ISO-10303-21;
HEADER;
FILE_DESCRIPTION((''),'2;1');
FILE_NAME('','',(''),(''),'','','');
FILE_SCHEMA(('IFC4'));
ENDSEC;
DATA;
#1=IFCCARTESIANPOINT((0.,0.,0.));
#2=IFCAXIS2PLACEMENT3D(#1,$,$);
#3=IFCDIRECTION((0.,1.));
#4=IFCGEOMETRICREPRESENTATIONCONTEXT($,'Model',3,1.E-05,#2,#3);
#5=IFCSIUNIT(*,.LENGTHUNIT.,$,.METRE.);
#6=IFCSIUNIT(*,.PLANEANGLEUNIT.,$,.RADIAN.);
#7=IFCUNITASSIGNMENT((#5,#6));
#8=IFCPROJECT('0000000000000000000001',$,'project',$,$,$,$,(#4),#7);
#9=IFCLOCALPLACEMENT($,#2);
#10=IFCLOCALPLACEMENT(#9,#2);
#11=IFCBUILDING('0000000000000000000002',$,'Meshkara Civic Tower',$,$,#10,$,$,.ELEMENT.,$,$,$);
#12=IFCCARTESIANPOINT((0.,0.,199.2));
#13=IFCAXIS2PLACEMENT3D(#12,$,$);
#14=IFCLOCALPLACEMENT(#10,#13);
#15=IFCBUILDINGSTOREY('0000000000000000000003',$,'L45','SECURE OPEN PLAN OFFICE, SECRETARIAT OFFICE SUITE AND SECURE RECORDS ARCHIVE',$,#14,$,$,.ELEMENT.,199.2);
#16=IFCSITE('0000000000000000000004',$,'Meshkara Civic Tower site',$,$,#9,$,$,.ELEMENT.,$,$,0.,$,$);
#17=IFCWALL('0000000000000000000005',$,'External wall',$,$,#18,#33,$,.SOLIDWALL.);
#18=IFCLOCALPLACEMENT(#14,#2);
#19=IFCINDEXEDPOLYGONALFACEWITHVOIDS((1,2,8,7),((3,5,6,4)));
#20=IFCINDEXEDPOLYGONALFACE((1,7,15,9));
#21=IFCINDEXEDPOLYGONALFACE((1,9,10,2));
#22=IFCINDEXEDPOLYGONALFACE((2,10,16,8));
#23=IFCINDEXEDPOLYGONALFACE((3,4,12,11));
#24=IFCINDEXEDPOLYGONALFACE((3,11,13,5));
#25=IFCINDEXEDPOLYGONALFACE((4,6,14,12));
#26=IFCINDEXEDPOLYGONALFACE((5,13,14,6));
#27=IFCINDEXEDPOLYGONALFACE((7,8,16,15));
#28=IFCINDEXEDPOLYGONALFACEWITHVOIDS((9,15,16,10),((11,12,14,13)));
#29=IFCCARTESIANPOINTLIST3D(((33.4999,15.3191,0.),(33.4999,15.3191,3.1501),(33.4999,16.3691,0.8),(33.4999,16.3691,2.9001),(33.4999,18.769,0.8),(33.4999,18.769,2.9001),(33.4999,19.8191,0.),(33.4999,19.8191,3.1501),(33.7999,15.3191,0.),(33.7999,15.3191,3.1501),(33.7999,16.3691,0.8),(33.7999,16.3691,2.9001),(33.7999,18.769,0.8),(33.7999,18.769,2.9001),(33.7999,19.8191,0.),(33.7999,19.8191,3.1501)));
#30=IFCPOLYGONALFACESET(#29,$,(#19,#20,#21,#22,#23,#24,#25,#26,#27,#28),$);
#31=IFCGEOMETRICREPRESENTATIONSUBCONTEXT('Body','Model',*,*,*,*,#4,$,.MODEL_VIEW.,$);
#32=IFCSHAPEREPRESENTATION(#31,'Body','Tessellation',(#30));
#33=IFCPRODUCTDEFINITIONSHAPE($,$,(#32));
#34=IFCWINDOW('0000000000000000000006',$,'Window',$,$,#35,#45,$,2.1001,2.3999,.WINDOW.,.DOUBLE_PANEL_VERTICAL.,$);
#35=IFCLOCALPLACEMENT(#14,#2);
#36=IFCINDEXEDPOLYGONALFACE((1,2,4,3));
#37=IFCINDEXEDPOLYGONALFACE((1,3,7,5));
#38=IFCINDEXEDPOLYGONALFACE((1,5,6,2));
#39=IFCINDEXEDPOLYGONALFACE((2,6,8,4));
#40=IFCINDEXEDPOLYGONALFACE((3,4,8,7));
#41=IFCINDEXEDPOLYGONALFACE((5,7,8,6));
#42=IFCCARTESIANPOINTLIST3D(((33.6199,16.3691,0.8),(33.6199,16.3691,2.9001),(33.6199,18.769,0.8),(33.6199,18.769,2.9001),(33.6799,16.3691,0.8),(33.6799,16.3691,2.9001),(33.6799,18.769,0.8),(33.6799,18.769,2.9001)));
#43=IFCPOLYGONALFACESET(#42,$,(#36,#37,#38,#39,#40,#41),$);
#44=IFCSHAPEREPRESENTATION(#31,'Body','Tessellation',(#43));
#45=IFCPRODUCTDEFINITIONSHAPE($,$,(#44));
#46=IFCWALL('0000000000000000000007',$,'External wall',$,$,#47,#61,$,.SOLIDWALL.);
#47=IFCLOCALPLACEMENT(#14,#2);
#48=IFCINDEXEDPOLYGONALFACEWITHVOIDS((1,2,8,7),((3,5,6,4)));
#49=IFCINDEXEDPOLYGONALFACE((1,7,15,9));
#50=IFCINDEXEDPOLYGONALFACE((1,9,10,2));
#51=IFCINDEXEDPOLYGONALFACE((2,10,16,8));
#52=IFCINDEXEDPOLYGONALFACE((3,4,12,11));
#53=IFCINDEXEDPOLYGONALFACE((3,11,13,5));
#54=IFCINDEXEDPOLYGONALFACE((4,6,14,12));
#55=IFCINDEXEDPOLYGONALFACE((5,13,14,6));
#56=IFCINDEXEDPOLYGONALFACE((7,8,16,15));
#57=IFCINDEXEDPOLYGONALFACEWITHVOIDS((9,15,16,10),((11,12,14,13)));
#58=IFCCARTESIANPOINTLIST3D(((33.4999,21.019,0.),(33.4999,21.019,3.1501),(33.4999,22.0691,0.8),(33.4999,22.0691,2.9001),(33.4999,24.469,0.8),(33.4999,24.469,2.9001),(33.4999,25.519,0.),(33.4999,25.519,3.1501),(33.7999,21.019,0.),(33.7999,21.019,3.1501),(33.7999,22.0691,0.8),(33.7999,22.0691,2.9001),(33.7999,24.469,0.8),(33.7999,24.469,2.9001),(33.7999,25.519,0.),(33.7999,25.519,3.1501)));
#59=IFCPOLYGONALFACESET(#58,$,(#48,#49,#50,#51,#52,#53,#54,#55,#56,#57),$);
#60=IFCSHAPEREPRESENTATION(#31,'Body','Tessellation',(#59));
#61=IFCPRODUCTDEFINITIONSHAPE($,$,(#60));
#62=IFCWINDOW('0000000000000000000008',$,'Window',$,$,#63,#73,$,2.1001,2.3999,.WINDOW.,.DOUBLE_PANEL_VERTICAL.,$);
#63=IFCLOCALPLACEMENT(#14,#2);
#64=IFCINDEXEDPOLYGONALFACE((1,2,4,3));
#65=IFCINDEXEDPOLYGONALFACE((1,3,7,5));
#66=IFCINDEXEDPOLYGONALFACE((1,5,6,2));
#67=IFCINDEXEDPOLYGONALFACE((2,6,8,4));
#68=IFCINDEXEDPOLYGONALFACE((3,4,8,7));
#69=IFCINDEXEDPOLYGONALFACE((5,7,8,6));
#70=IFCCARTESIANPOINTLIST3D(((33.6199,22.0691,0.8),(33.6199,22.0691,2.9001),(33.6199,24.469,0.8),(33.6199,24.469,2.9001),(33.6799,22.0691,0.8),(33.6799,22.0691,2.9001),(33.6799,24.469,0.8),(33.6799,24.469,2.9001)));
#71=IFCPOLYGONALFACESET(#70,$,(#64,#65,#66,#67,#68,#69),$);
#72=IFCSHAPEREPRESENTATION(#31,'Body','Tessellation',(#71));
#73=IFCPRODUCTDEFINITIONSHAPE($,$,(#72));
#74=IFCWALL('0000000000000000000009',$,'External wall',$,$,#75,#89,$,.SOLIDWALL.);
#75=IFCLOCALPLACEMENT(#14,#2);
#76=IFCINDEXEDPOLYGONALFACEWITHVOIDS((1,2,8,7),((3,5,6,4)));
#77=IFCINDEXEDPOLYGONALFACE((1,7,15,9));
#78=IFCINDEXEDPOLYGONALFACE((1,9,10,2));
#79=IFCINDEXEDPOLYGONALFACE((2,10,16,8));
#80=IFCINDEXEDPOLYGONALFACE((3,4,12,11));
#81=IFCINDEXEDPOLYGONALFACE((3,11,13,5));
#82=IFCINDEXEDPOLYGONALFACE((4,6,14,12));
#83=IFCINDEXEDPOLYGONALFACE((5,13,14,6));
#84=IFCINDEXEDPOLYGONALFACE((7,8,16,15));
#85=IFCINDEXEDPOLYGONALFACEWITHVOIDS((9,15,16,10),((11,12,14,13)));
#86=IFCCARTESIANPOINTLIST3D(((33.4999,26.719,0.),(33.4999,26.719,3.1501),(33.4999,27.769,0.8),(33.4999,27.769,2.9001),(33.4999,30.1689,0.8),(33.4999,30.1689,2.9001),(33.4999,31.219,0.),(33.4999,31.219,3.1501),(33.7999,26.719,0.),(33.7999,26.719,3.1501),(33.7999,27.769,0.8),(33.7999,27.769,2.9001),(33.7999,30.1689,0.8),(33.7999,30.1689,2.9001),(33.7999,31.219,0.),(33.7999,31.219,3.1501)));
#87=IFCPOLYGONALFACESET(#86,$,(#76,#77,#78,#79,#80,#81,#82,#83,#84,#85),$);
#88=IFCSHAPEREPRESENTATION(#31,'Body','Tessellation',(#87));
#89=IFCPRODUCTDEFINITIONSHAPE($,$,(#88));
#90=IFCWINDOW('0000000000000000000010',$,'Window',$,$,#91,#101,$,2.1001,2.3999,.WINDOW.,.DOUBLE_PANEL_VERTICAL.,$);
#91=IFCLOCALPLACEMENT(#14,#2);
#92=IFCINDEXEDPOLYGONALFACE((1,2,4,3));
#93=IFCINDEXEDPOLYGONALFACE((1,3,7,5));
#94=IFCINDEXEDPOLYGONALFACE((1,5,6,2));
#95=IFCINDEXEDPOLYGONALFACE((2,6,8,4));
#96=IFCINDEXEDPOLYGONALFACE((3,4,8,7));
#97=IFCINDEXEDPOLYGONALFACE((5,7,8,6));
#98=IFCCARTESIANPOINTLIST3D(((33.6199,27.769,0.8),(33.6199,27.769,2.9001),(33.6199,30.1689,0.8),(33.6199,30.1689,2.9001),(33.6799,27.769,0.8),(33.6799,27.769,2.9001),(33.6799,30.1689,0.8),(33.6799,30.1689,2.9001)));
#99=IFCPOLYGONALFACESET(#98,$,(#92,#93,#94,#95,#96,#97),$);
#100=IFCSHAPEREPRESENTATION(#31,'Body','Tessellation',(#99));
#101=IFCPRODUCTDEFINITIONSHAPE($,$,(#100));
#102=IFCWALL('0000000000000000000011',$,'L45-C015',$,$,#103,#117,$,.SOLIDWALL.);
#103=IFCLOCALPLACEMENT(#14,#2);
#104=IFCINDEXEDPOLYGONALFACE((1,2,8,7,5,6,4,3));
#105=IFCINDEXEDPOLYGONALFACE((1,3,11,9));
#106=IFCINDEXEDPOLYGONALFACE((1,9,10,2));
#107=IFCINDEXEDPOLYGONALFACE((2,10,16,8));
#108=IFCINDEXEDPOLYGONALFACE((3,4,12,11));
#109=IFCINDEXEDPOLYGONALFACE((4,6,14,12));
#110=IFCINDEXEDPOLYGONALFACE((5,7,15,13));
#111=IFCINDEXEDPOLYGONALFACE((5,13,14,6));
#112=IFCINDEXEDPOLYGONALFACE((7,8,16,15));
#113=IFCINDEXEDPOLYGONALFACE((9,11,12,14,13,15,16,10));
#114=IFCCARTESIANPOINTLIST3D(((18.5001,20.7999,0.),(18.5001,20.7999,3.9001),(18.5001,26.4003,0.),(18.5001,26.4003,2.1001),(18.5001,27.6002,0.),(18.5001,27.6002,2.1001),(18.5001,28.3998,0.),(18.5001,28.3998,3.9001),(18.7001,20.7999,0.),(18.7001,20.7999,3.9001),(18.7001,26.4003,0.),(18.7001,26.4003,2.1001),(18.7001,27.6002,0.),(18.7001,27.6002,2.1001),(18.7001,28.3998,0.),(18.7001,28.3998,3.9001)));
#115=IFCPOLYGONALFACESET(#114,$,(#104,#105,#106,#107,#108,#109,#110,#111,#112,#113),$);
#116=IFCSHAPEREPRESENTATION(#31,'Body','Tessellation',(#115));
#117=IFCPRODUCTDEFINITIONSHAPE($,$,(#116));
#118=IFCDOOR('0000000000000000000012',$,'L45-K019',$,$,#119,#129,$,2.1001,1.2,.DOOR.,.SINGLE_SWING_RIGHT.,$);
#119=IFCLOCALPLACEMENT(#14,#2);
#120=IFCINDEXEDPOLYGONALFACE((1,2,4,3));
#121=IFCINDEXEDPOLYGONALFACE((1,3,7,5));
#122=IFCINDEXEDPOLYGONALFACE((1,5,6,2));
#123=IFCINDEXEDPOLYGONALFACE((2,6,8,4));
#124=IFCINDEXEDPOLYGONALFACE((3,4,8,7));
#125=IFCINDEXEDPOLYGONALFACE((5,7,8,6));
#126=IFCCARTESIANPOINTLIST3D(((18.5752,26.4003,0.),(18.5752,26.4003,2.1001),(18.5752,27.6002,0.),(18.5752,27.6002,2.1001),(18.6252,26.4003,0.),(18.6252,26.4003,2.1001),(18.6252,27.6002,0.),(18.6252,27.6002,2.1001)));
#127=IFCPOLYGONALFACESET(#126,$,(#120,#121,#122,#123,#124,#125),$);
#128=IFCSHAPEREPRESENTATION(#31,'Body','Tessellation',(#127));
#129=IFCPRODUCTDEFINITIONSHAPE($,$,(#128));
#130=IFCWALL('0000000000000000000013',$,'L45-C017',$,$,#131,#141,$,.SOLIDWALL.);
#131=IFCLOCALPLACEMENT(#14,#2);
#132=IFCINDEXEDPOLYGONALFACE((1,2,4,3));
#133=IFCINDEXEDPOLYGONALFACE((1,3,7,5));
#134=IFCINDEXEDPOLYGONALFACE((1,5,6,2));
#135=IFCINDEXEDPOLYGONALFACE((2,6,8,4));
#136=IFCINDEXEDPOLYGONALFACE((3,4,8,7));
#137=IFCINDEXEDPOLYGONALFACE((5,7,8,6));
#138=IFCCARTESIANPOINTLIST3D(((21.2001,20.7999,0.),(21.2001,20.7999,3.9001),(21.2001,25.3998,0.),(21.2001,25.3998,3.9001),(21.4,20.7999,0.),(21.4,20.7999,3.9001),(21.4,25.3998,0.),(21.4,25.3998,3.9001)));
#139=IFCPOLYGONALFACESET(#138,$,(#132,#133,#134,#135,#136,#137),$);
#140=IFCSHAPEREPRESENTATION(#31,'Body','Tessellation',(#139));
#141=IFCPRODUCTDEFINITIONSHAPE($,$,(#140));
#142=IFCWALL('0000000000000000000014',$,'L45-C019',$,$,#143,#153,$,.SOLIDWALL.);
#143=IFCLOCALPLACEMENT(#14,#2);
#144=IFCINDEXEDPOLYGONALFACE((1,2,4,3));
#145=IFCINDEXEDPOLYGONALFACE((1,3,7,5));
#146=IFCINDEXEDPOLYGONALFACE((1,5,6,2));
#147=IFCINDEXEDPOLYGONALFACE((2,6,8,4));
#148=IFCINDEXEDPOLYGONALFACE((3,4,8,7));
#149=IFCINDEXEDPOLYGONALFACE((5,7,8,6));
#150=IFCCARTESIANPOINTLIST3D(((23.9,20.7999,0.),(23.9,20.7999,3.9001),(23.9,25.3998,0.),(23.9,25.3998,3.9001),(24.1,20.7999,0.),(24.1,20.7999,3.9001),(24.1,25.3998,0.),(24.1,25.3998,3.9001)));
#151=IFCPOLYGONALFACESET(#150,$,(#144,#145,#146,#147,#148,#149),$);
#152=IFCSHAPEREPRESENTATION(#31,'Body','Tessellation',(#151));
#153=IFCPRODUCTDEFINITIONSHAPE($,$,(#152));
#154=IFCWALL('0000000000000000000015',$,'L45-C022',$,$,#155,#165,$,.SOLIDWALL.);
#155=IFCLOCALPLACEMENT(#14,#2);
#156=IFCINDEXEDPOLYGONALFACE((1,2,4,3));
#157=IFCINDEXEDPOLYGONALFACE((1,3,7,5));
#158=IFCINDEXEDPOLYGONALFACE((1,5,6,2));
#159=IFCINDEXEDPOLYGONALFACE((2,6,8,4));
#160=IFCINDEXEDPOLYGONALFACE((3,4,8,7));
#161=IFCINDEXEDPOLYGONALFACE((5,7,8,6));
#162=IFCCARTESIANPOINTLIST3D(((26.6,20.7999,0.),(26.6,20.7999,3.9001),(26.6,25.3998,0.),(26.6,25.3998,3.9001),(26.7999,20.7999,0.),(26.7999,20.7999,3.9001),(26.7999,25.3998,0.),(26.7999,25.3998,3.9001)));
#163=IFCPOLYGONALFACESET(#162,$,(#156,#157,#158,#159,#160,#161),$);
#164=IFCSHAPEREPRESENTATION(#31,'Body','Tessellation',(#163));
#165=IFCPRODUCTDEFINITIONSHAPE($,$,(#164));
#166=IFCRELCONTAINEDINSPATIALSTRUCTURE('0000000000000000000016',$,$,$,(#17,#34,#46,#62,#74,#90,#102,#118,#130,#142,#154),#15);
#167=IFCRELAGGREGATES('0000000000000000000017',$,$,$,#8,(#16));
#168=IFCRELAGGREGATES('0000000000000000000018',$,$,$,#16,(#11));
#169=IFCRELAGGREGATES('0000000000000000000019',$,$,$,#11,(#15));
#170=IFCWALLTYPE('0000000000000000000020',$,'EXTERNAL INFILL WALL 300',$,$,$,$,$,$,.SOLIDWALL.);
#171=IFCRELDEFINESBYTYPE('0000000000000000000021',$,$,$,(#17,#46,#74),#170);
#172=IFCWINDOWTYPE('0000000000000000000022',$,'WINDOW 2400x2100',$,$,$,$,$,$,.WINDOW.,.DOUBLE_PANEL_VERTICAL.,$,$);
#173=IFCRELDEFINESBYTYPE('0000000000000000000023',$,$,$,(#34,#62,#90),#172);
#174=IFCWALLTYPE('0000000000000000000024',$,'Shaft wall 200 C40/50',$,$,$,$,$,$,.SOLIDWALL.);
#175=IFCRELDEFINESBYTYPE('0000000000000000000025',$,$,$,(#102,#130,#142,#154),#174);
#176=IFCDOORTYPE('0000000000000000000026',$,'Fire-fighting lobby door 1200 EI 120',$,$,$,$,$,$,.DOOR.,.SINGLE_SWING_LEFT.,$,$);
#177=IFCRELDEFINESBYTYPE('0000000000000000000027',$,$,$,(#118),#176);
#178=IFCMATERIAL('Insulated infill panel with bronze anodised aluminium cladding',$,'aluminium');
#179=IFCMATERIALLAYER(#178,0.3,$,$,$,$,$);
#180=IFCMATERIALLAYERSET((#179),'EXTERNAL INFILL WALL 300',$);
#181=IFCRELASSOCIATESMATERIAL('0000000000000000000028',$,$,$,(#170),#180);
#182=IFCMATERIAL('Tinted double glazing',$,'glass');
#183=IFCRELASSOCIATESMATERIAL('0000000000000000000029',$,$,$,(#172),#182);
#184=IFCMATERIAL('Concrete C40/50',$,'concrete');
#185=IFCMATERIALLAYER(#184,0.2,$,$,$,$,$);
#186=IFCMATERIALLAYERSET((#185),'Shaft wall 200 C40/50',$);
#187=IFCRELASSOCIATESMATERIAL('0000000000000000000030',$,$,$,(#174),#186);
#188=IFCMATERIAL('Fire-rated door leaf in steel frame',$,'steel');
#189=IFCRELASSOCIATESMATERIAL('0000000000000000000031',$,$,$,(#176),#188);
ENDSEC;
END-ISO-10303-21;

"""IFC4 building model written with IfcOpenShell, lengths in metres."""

from ifc_helpers import new_model, si_unit, direction, frame, frame_2d, origin, place, context, subcontext, project, spatial, rectangle, extrude, material, layer, layer_set, type_object, element, fill, save


model = new_model("IFC4")

# Units and contexts
model_context = context("Model", 3, precision=1e-05, world=origin(), true_north=direction((0.0, 1.0)))
body_context = subcontext(model_context, "Body", "Model", "MODEL_VIEW")
ifc_project = project(units=[si_unit("LENGTHUNIT", "METRE"), si_unit("PLANEANGLEUNIT", "RADIAN")], contexts=[model_context])

# Site, building, storey
site_placement = place(None, origin())
site = spatial("IfcSite", under=ifc_project, at=site_placement, Name="Meshkara Civic Tower site", CompositionType="ELEMENT", RefElevation=0.0)
building_placement = place(site_placement, origin())
building = spatial("IfcBuilding", under=site, at=building_placement, Name="Meshkara Civic Tower", CompositionType="ELEMENT")
storey_placement = place(building_placement, frame((0.0, 0.0, 199.2)))
storey = spatial("IfcBuildingStorey", under=building, at=storey_placement, Name="L45", Description="SECURE OPEN PLAN OFFICE, SECRETARIAT OFFICE SUITE AND SECURE RECORDS ARCHIVE", CompositionType="ELEMENT", Elevation=199.2)

# Walls, openings, windows
ifc_material_1 = material(Name="Insulated infill panel with bronze anodised aluminium cladding", Category="aluminium")
ifc_layer_1 = layer(ifc_material_1, 0.3)
ifc_layer_set_1 = layer_set([ifc_layer_1], Name="EXTERNAL INFILL WALL 300")
wall_type_1 = type_object("IfcWallType", Name="EXTERNAL INFILL WALL 300", PredefinedType="SOLIDWALL", material=ifc_layer_set_1)
ifc_material_2 = material(Name="Tinted double glazing", Category="glass")
window_type = type_object("IfcWindowType", Name="WINDOW 2400x2100", PartitioningType="DOUBLE_PANEL_VERTICAL", PredefinedType="WINDOW", material=ifc_material_2)
wall_1_placement = place(storey_placement, frame((33.6499, 15.3191, 0.0), z_axis=(0.0, 0.0, 1.0), x_axis=(0.0, 1.0, 0.0)))
wall_1 = element("IfcWall", 1, at=wall_1_placement, inside=storey, type_object=wall_type_1, Name="External wall", PredefinedType="SOLIDWALL", context=body_context, shape_type="SweptSolid", body=[
    extrude(rectangle(XDim=4.5, YDim=0.3, at=frame_2d((2.25, 0.0))), origin(), (0.0, 0.0, 1.0), 3.1501),
])
opening_1_placement = place(wall_1_placement, frame((1.05, 0.0, 0.8)))
opening_1 = element("IfcOpeningElement", 2, at=opening_1_placement, cuts=wall_1, PredefinedType="OPENING", context=body_context, shape_type="SweptSolid", body=[
    extrude(rectangle(XDim=2.3999, YDim=2.1001, at=frame_2d((1.2, 1.05))), frame((0.0, 0.1599, 0.0), z_axis=(0.0, -1.0, 0.0), x_axis=(1.0, 0.0, 0.0)), (0.0, 0.0, 1.0), 0.3201),
])
window_1_placement = place(opening_1_placement, origin())
window_1 = element("IfcWindow", 3, at=window_1_placement, inside=storey, type_object=window_type, Name="Window", OverallHeight=2.1001, OverallWidth=2.3999, PartitioningType="DOUBLE_PANEL_VERTICAL", PredefinedType="WINDOW", context=body_context, shape_type="SweptSolid", body=[
    extrude(rectangle(XDim=2.3999, YDim=2.1001, at=frame_2d((1.2, 1.05))), frame((0.0, 0.03, 0.0), z_axis=(0.0, -1.0, 0.0), x_axis=(1.0, 0.0, 0.0)), (0.0, 0.0, 1.0), 0.0601),
])
fill(opening_1, window_1)
wall_2_placement = place(storey_placement, frame((33.6499, 21.019, 0.0), z_axis=(0.0, 0.0, 1.0), x_axis=(0.0, 1.0, 0.0)))
wall_2 = element("IfcWall", 4, at=wall_2_placement, inside=storey, type_object=wall_type_1, Name="External wall", PredefinedType="SOLIDWALL", context=body_context, shape_type="SweptSolid", body=[
    extrude(rectangle(XDim=4.5, YDim=0.3, at=frame_2d((2.25, 0.0))), origin(), (0.0, 0.0, 1.0), 3.1501),
])
opening_2_placement = place(wall_2_placement, frame((1.05, 0.0, 0.8)))
opening_2 = element("IfcOpeningElement", 5, at=opening_2_placement, cuts=wall_2, PredefinedType="OPENING", context=body_context, shape_type="SweptSolid", body=[
    extrude(rectangle(XDim=2.3999, YDim=2.1001, at=frame_2d((1.2, 1.05))), frame((0.0, 0.1599, 0.0), z_axis=(0.0, -1.0, 0.0), x_axis=(1.0, 0.0, 0.0)), (0.0, 0.0, 1.0), 0.3201),
])
window_2_placement = place(opening_2_placement, origin())
window_2 = element("IfcWindow", 6, at=window_2_placement, inside=storey, type_object=window_type, Name="Window", OverallHeight=2.1001, OverallWidth=2.3999, PartitioningType="DOUBLE_PANEL_VERTICAL", PredefinedType="WINDOW", context=body_context, shape_type="SweptSolid", body=[
    extrude(rectangle(XDim=2.3999, YDim=2.1001, at=frame_2d((1.2, 1.05))), frame((0.0, 0.03, 0.0), z_axis=(0.0, -1.0, 0.0), x_axis=(1.0, 0.0, 0.0)), (0.0, 0.0, 1.0), 0.0601),
])
fill(opening_2, window_2)
wall_3_placement = place(storey_placement, frame((33.6499, 26.719, 0.0), z_axis=(0.0, 0.0, 1.0), x_axis=(0.0, 1.0, 0.0)))
wall_3 = element("IfcWall", 7, at=wall_3_placement, inside=storey, type_object=wall_type_1, Name="External wall", PredefinedType="SOLIDWALL", context=body_context, shape_type="SweptSolid", body=[
    extrude(rectangle(XDim=4.5, YDim=0.3, at=frame_2d((2.25, 0.0))), origin(), (0.0, 0.0, 1.0), 3.1501),
])
opening_3_placement = place(wall_3_placement, frame((1.05, 0.0, 0.8)))
opening_3 = element("IfcOpeningElement", 8, at=opening_3_placement, cuts=wall_3, PredefinedType="OPENING", context=body_context, shape_type="SweptSolid", body=[
    extrude(rectangle(XDim=2.3999, YDim=2.1001, at=frame_2d((1.2, 1.05))), frame((0.0, 0.1599, 0.0), z_axis=(0.0, -1.0, 0.0), x_axis=(1.0, 0.0, 0.0)), (0.0, 0.0, 1.0), 0.3201),
])
window_3_placement = place(opening_3_placement, origin())
window_3 = element("IfcWindow", 9, at=window_3_placement, inside=storey, type_object=window_type, Name="Window", OverallHeight=2.1001, OverallWidth=2.3999, PartitioningType="DOUBLE_PANEL_VERTICAL", PredefinedType="WINDOW", context=body_context, shape_type="SweptSolid", body=[
    extrude(rectangle(XDim=2.3999, YDim=2.1001, at=frame_2d((1.2, 1.05))), frame((0.0, 0.03, 0.0), z_axis=(0.0, -1.0, 0.0), x_axis=(1.0, 0.0, 0.0)), (0.0, 0.0, 1.0), 0.0601),
])
fill(opening_3, window_3)

# Wall, opening, door
ifc_material_3 = material(Name="Concrete C40/50", Category="concrete")
ifc_layer_2 = layer(ifc_material_3, 0.2)
ifc_layer_set_2 = layer_set([ifc_layer_2], Name="Shaft wall 200 C40/50")
wall_type_2 = type_object("IfcWallType", Name="Shaft wall 200 C40/50", PredefinedType="SOLIDWALL", material=ifc_layer_set_2)
wall_4_placement = place(storey_placement, frame((18.6001, 20.8, 0.0), z_axis=(0.0, 0.0, 1.0), x_axis=(0.0, 1.0, 0.0)))
wall_4 = element("IfcWall", 10, at=wall_4_placement, inside=storey, type_object=wall_type_2, Name="L45-C015", PredefinedType="SOLIDWALL", context=body_context, shape_type="SweptSolid", body=[
    extrude(rectangle(XDim=7.5999, YDim=0.2, at=frame_2d((3.7998, 0.0))), origin(), (0.0, 0.0, 1.0), 3.9001),
])
opening_4_placement = place(wall_4_placement, frame((5.6001, 0.0, 0.0)))
opening_4 = element("IfcOpeningElement", 11, at=opening_4_placement, cuts=wall_4, PredefinedType="OPENING", context=body_context, shape_type="SweptSolid", body=[
    extrude(rectangle(XDim=1.2, YDim=2.1001, at=frame_2d((0.6001, 1.05))), frame((0.0, 0.1099, 0.0), z_axis=(0.0, -1.0, 0.0), x_axis=(1.0, 0.0, 0.0)), (0.0, 0.0, 1.0), 0.22),
])
ifc_material_4 = material(Name="Fire-rated door leaf in steel frame", Category="steel")
door_type = type_object("IfcDoorType", Name="Fire-fighting lobby door 1200 EI 120", OperationType="SINGLE_SWING_LEFT", PredefinedType="DOOR", material=ifc_material_4)
door_placement = place(opening_4_placement, origin())
door = element("IfcDoor", 12, at=door_placement, inside=storey, type_object=door_type, Name="L45-K019", OperationType="SINGLE_SWING_RIGHT", OverallHeight=2.1001, OverallWidth=1.2, PredefinedType="DOOR", context=body_context, shape_type="SweptSolid", body=[
    extrude(rectangle(XDim=1.2, YDim=2.1001, at=frame_2d((0.6001, 1.05))), frame((0.0, 0.0249, 0.0), z_axis=(0.0, -1.0, 0.0), x_axis=(1.0, 0.0, 0.0)), (0.0, 0.0, 1.0), 0.05),
])
fill(opening_4, door)

# Walls
for number, where, z_axis, x_axis, name in (
    (13, (21.3, 20.8, 0.0), (0.0, 0.0, 1.0), (0.0, 1.0, 0.0), "L45-C017"),
    (14, (24.0, 20.8, 0.0), (0.0, 0.0, 1.0), (0.0, 1.0, 0.0), "L45-C019"),
    (15, (26.7, 20.8, 0.0), (0.0, 0.0, 1.0), (0.0, 1.0, 0.0), "L45-C022"),
):
    element("IfcWall", number, at=place(storey_placement, frame(where, z_axis=z_axis, x_axis=x_axis)), inside=storey, type_object=wall_type_2, Name=name, PredefinedType="SOLIDWALL", context=body_context, shape_type="SweptSolid", body=[
        extrude(rectangle(XDim=4.5999, YDim=0.2, at=frame_2d((2.2998, 0.0))), origin(), (0.0, 0.0, 1.0), 3.9001),
    ])

save(model, "model.ifc")
